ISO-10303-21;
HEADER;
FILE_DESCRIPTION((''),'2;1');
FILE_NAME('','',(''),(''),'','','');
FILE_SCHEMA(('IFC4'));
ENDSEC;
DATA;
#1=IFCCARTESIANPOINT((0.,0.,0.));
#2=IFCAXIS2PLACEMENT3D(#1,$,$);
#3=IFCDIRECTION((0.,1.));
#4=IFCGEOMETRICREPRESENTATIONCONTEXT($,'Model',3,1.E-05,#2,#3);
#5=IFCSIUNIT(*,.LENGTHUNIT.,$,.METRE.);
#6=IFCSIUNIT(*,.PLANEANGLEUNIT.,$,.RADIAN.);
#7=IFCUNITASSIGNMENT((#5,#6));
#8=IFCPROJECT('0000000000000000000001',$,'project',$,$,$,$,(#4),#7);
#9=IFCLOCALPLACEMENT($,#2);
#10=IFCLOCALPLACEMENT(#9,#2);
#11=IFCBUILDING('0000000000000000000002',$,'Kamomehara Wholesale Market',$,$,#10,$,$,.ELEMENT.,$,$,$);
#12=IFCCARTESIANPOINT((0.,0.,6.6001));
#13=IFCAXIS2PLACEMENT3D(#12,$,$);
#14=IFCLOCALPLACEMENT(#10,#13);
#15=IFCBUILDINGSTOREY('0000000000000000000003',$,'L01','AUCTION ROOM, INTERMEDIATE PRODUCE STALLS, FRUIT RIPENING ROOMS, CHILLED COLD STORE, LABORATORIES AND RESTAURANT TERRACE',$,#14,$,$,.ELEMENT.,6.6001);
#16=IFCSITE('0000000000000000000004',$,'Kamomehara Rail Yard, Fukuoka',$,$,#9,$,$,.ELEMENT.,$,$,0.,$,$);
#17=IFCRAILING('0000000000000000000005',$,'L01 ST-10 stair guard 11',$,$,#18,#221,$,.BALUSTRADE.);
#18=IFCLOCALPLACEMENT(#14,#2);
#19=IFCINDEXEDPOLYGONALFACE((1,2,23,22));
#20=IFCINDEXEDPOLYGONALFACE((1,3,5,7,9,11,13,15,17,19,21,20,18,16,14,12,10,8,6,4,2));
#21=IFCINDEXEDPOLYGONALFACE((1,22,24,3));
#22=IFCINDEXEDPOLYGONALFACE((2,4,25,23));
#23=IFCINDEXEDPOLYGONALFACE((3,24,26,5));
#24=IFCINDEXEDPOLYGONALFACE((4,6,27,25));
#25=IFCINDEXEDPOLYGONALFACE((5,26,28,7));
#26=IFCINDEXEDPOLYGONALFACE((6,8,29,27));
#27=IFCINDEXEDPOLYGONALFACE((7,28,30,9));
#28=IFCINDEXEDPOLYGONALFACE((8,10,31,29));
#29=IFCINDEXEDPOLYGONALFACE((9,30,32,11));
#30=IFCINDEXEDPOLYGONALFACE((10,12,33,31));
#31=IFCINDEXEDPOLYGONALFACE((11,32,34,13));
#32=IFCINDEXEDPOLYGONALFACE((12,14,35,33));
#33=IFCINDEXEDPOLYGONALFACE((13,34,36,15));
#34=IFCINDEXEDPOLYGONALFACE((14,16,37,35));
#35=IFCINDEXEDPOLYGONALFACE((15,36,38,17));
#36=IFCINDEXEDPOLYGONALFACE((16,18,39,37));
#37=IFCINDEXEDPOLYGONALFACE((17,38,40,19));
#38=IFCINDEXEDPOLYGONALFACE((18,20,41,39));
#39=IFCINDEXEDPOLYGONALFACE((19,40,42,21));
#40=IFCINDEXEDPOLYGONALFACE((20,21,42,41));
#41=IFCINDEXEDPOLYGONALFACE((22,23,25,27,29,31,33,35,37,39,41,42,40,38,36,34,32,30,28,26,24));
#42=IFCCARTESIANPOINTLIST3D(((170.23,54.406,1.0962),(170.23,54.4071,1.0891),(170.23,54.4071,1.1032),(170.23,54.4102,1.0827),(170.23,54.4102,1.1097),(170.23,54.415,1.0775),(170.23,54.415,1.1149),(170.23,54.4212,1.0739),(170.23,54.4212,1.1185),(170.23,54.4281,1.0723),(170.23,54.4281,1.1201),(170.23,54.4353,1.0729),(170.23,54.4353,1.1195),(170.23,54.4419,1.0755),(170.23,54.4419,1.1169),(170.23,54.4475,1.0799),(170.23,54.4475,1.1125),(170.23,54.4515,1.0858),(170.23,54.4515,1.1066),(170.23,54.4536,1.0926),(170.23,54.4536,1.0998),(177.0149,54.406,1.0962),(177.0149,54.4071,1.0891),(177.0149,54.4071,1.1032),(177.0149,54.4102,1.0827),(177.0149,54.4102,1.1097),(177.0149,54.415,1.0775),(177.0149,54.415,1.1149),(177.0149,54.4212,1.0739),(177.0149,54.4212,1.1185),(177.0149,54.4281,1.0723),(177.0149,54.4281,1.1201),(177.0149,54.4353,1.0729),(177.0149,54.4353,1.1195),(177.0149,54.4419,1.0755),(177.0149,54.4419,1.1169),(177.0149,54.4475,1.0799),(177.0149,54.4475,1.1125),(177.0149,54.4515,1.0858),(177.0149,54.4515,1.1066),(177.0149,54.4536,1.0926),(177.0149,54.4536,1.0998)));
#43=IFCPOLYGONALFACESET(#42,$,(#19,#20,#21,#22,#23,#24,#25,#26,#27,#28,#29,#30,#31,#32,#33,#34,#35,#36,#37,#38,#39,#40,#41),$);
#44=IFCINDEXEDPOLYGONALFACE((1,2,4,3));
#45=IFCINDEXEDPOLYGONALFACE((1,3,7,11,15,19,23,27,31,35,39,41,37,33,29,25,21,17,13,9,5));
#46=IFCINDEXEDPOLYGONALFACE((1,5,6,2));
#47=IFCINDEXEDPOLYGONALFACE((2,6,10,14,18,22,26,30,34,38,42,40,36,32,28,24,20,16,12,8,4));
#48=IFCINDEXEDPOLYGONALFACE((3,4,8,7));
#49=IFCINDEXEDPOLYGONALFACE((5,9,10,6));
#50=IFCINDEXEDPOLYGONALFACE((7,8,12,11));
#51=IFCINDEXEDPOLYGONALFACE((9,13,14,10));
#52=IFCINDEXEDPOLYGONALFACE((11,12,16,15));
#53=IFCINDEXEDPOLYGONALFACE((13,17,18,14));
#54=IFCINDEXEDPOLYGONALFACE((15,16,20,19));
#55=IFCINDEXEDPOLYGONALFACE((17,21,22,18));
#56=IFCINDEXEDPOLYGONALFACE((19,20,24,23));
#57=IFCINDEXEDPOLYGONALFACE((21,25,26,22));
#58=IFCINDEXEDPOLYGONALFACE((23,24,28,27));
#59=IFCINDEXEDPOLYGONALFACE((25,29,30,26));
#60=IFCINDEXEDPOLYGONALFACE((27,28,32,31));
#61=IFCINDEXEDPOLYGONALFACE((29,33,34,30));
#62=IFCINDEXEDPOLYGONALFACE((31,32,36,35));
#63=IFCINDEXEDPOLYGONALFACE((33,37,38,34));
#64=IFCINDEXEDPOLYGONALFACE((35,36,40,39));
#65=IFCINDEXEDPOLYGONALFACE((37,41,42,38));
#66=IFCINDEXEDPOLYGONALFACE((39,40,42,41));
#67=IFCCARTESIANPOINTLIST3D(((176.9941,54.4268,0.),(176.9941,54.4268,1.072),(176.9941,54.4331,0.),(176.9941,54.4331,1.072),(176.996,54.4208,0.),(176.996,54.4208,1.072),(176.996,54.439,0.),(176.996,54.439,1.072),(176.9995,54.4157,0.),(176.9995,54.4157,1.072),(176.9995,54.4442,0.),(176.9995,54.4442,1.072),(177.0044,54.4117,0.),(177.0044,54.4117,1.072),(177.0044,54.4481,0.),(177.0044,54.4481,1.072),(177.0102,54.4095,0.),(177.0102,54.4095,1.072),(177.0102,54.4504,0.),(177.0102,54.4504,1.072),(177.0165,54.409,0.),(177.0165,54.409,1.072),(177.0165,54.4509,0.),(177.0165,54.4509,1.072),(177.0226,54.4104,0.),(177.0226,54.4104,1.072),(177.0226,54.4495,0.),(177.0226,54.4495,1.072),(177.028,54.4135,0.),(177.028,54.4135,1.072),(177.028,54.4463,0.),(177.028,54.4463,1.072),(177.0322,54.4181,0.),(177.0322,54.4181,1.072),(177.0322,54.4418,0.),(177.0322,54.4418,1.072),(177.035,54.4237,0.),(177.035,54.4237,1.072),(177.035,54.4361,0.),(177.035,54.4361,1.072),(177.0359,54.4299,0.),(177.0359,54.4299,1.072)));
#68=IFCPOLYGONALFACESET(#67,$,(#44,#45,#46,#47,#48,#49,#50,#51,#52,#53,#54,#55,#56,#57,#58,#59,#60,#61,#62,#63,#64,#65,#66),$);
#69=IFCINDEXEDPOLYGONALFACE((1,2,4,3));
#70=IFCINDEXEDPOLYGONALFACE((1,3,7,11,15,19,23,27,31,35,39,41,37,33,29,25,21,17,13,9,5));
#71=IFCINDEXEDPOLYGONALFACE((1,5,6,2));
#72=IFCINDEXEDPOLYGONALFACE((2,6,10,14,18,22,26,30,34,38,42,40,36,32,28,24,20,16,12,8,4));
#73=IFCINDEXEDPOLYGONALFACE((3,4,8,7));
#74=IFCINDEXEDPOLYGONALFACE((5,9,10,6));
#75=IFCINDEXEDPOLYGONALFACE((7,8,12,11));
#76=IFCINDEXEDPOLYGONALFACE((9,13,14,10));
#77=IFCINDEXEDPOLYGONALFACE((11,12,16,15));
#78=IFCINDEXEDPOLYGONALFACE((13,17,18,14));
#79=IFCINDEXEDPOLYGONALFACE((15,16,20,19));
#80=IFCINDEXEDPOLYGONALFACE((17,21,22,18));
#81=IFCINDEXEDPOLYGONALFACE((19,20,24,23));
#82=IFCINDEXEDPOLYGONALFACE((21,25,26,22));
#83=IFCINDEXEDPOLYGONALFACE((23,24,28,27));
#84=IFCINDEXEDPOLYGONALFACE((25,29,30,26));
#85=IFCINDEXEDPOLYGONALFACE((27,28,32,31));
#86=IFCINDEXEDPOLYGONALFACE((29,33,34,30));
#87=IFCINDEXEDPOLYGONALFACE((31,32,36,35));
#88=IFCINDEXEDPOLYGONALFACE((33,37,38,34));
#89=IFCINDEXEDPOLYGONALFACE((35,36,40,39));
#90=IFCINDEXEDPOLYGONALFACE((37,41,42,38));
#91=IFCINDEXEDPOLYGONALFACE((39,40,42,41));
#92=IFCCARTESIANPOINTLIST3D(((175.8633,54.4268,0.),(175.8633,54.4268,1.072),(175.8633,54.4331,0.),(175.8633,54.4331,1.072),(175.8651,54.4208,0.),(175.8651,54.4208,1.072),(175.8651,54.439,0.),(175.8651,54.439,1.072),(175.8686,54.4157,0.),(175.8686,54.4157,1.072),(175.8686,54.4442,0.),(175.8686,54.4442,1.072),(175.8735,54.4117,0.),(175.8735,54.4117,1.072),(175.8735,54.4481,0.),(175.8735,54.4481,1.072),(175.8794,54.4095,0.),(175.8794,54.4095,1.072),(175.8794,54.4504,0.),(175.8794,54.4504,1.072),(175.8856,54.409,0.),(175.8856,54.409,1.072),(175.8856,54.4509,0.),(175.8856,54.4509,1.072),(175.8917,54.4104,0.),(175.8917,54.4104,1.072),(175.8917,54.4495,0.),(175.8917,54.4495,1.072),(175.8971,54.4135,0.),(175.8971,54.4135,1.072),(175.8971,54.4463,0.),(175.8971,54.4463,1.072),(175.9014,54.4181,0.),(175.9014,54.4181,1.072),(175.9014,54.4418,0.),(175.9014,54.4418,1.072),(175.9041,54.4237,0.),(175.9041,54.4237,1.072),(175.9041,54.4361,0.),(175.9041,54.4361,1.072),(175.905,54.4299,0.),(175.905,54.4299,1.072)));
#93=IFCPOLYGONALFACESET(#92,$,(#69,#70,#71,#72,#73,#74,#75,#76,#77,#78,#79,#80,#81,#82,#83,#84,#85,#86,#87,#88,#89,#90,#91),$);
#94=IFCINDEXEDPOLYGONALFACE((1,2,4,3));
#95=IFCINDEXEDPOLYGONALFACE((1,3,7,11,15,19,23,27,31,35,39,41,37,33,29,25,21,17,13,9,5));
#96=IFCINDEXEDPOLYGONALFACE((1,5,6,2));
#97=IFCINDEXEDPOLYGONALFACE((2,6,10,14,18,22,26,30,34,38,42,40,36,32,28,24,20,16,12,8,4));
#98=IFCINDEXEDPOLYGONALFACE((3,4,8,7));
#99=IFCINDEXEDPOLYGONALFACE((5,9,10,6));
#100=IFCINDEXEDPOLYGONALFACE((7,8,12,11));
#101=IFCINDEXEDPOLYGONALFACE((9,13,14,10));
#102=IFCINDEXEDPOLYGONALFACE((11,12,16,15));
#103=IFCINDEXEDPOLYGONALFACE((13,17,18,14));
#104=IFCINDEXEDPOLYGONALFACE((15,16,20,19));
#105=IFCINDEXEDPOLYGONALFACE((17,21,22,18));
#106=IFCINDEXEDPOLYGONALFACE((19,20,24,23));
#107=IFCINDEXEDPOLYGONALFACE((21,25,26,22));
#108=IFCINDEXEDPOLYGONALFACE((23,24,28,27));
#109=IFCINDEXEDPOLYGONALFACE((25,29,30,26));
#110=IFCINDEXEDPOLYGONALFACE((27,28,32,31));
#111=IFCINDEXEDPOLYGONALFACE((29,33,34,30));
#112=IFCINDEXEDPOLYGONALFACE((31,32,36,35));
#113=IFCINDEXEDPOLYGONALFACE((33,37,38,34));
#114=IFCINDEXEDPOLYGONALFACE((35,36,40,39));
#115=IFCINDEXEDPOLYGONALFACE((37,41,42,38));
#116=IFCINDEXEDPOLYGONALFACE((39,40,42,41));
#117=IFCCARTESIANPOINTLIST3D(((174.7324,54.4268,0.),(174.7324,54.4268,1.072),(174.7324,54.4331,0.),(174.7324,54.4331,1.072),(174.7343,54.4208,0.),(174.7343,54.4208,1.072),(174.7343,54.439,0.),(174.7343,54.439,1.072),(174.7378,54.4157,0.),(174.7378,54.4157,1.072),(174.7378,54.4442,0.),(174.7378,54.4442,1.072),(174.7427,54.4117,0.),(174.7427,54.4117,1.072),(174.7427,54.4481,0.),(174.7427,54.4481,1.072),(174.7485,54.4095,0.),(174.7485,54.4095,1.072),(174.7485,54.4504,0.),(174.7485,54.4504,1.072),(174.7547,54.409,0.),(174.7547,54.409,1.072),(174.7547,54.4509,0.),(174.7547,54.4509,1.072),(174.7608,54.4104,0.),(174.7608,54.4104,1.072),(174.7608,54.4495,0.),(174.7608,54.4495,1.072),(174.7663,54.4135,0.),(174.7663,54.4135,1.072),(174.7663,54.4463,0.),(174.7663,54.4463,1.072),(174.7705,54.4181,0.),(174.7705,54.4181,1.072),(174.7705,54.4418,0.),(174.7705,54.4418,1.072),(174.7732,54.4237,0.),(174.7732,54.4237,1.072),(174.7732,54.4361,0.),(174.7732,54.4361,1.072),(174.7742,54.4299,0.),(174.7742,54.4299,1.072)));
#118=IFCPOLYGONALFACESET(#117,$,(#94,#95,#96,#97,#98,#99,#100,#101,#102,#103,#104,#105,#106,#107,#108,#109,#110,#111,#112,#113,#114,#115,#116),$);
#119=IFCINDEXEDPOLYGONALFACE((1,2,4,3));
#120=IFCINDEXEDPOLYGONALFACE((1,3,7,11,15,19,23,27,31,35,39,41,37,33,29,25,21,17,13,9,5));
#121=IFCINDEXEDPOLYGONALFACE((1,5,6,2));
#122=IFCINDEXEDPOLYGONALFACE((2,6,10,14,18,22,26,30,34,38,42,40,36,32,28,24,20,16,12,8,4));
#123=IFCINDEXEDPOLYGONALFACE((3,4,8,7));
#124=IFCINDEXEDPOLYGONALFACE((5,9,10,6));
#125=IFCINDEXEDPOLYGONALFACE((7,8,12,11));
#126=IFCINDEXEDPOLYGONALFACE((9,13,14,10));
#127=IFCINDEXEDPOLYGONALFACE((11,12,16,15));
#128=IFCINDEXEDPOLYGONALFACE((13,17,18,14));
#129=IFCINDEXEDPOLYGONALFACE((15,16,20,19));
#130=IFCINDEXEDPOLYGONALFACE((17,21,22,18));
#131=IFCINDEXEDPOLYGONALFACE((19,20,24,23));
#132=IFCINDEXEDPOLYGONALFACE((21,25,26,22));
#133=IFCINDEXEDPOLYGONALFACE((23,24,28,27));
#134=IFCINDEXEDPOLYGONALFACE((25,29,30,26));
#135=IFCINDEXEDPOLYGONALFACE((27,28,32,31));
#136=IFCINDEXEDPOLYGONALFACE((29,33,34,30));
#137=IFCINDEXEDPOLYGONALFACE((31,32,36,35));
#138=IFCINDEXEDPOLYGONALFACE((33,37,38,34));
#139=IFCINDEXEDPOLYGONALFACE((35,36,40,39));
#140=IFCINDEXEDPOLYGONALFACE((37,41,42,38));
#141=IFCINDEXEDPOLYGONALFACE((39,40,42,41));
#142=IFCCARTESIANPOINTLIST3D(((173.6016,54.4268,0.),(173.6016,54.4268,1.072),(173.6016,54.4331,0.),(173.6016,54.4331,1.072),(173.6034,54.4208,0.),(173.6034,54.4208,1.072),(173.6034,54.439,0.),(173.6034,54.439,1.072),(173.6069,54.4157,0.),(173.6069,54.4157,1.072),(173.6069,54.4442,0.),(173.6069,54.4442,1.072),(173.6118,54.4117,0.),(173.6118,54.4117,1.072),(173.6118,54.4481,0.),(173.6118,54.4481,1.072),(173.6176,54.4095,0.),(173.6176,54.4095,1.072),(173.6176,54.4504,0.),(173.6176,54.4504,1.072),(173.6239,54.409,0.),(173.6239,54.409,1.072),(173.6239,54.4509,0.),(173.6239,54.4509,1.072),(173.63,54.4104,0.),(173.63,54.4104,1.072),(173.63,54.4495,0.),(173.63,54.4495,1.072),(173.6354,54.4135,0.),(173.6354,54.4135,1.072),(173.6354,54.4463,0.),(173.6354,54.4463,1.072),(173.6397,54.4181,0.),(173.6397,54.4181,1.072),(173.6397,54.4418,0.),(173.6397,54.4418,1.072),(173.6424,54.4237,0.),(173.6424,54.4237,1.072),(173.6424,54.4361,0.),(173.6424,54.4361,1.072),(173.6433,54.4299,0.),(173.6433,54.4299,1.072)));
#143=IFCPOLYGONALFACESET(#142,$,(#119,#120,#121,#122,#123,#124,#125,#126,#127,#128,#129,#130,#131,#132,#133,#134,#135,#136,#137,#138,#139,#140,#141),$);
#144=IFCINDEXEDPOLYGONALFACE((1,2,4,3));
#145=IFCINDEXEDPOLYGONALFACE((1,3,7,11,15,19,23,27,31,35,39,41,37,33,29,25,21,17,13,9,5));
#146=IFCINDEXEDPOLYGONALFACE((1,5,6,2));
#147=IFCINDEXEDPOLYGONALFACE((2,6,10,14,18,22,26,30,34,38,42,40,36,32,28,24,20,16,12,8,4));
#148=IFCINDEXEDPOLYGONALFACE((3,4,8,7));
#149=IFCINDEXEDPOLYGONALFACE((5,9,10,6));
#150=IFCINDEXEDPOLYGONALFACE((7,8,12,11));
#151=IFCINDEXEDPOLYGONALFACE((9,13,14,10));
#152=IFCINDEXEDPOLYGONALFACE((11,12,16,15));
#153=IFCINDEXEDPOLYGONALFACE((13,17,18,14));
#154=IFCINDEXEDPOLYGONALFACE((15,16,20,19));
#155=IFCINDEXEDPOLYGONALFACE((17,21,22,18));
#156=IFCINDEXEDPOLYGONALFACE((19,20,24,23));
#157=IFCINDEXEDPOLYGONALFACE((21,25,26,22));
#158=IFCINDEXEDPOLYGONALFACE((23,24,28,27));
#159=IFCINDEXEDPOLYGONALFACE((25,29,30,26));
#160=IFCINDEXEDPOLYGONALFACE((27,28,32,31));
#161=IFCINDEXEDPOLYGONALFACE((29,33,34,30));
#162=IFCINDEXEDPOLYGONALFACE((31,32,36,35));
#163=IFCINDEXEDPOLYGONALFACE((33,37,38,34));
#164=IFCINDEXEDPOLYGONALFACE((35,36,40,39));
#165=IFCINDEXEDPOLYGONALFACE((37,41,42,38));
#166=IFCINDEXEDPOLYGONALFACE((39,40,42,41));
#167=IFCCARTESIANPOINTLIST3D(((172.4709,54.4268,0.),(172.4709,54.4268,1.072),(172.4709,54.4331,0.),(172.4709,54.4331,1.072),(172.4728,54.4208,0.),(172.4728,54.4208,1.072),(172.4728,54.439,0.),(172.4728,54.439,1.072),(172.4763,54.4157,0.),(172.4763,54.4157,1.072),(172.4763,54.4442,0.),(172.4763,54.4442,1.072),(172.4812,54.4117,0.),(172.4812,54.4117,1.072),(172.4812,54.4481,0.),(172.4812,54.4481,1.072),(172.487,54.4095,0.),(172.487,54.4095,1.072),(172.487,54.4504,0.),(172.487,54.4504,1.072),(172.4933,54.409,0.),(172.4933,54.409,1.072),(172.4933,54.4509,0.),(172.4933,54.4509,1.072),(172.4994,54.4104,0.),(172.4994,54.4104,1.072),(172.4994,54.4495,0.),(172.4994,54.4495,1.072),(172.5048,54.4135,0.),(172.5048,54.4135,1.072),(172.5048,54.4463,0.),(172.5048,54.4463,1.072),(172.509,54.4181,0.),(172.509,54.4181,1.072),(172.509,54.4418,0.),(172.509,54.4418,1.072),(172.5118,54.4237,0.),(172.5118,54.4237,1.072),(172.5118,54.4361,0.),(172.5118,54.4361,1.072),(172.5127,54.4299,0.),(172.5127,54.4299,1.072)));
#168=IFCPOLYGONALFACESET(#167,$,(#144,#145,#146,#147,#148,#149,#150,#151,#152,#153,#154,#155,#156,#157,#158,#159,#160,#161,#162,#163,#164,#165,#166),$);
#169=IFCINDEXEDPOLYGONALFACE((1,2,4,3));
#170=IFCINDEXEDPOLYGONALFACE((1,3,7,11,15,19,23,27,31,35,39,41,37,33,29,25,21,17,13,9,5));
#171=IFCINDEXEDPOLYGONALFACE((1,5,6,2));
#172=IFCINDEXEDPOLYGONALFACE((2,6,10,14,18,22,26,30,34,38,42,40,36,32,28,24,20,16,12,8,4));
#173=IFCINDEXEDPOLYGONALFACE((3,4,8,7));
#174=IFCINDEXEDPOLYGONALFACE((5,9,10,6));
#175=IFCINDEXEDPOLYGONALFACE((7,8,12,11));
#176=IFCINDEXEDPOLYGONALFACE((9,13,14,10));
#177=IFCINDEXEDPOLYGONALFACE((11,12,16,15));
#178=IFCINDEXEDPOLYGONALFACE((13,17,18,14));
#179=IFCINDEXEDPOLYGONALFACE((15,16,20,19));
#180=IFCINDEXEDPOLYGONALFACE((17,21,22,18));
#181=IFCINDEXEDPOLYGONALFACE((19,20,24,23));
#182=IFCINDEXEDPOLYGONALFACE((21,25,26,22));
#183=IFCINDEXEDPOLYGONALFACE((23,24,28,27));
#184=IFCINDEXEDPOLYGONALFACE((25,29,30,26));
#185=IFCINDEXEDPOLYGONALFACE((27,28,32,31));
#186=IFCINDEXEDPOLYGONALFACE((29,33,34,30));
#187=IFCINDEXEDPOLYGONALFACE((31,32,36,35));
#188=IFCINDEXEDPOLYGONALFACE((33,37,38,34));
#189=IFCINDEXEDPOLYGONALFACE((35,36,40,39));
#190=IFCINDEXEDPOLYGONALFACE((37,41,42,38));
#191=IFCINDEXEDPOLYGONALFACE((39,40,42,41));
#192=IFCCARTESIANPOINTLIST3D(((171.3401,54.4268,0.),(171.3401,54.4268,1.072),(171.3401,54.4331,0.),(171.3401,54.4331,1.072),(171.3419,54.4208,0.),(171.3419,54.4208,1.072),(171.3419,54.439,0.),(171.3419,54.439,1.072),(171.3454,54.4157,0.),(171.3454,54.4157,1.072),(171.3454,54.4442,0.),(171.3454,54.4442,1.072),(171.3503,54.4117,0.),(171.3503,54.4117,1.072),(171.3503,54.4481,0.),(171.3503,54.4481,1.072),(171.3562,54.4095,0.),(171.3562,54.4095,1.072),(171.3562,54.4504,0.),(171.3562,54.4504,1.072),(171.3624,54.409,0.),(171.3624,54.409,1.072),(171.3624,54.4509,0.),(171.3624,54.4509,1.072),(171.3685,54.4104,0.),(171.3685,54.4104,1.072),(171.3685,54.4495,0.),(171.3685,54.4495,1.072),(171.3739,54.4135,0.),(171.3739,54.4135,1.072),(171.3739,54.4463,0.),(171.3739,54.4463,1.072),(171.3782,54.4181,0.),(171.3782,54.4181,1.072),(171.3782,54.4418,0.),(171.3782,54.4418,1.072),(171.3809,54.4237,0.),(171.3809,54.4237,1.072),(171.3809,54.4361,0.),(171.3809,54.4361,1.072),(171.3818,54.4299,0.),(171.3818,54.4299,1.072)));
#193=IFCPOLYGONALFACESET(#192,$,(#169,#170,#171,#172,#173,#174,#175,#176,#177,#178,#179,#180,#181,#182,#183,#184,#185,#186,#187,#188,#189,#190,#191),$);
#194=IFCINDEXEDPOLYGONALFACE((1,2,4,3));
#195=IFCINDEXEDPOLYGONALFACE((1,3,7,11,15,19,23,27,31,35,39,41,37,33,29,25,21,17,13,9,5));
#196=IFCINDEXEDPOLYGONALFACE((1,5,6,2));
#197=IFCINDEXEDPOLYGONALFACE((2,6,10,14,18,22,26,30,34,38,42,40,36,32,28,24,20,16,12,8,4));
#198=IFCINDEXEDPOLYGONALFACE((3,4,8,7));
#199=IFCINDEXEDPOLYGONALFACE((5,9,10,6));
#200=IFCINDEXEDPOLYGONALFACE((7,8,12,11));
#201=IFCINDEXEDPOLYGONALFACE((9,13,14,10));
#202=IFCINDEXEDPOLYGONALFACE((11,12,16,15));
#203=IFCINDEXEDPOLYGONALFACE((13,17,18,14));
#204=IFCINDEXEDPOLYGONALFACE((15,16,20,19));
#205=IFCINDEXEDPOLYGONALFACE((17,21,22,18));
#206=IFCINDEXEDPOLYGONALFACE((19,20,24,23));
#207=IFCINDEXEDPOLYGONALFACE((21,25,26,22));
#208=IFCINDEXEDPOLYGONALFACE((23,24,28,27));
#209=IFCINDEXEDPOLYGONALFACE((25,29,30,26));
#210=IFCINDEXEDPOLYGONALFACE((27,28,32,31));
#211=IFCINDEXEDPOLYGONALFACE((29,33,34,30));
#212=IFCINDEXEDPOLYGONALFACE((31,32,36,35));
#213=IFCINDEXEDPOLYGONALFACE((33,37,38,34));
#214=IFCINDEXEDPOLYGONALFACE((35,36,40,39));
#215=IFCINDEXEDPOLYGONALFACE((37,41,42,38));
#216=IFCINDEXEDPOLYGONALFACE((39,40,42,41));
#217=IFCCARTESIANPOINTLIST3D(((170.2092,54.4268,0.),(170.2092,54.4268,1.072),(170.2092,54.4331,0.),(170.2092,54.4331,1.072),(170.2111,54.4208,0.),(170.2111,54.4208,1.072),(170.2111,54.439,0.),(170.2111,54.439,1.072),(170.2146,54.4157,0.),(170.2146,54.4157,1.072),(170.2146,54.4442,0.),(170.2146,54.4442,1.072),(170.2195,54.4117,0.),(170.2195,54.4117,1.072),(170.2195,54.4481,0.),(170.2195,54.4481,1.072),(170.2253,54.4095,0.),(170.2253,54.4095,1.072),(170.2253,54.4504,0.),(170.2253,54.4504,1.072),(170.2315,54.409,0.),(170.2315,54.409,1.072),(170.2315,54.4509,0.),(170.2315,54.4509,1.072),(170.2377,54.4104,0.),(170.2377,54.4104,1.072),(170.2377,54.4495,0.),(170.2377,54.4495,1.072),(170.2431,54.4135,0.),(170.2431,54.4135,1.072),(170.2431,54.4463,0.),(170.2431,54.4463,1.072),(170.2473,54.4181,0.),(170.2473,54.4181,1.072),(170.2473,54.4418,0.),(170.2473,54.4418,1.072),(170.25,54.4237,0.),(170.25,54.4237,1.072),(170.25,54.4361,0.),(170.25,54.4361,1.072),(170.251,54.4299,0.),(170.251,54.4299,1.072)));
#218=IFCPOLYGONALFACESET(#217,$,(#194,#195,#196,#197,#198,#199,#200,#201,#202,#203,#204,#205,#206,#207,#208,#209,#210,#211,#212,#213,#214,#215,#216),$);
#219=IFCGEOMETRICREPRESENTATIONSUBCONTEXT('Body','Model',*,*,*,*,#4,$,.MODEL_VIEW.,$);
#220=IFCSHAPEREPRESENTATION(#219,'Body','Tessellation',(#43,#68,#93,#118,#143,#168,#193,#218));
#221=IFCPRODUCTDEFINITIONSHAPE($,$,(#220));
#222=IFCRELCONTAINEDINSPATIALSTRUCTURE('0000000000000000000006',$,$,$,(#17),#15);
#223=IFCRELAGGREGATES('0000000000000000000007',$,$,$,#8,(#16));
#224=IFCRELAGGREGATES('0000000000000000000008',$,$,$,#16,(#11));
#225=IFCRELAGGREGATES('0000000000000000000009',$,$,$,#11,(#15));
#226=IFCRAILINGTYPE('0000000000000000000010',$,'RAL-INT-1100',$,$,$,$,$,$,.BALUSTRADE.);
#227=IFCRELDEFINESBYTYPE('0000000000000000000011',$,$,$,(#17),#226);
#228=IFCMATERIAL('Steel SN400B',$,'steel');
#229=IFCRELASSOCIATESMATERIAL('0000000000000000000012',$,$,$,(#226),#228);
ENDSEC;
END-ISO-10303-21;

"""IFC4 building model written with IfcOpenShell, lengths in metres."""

from ifc_helpers import new_model, si_unit, direction, frame, origin, origin_2d, place, context, subcontext, project, spatial, circle, extrude, material, type_object, element, save


model = new_model("IFC4")

# Units and contexts
model_context = context("Model", 3, precision=1e-05, world=origin(), true_north=direction((0.0, 1.0)))
body_context = subcontext(model_context, "Body", "Model", "MODEL_VIEW")
ifc_project = project(units=[si_unit("LENGTHUNIT", "METRE"), si_unit("PLANEANGLEUNIT", "RADIAN")], contexts=[model_context])

# Site, building, storey
site_placement = place(None, origin())
site = spatial("IfcSite", under=ifc_project, at=site_placement, Name="Kamomehara Rail Yard, Fukuoka", CompositionType="ELEMENT", RefElevation=0.0)
building_placement = place(site_placement, origin())
building = spatial("IfcBuilding", under=site, at=building_placement, Name="Kamomehara Wholesale Market", CompositionType="ELEMENT")
storey_placement = place(building_placement, frame((0.0, 0.0, 6.6001)))
storey = spatial("IfcBuildingStorey", under=building, at=storey_placement, Name="L01", Description="AUCTION ROOM, INTERMEDIATE PRODUCE STALLS, FRUIT RIPENING ROOMS, CHILLED COLD STORE, LABORATORIES AND RESTAURANT TERRACE", CompositionType="ELEMENT", Elevation=6.6001)

# Railing
ifc_material_1 = material(Name="Steel SN400B", Category="steel")
railing_type = type_object("IfcRailingType", Name="RAL-INT-1100", PredefinedType="BALUSTRADE", material=ifc_material_1)
railing_placement = place(storey_placement, frame((177.0149, 54.4299, 0.0)))
element("IfcRailing", 1, at=railing_placement, inside=storey, type_object=railing_type, Name="L01 ST-10 stair guard 11", PredefinedType="BALUSTRADE", context=body_context, shape_type="SweptSolid", body=[
    extrude(circle(Radius=0.0239, at=origin_2d()), frame((0.0, 0.0, 1.0962), z_axis=(-1.0, 0.0, 0.0), x_axis=(0.0, -1.0, 0.0)), (0.0, 0.0, 1.0), 6.7849),
    extrude(circle(Radius=0.021, at=origin_2d()), origin(), (0.0, 0.0, 1.0), 1.072),
    extrude(circle(Radius=0.021, at=origin_2d()), frame((-1.1309, 0.0, 0.0)), (0.0, 0.0, 1.0), 1.072),
    extrude(circle(Radius=0.021, at=origin_2d()), frame((-2.2617, 0.0, 0.0)), (0.0, 0.0, 1.0), 1.072),
    extrude(circle(Radius=0.021, at=origin_2d()), frame((-3.3926, 0.0, 0.0)), (0.0, 0.0, 1.0), 1.072),
    extrude(circle(Radius=0.021, at=origin_2d()), frame((-4.5232, 0.0, 0.0)), (0.0, 0.0, 1.0), 1.072),
    extrude(circle(Radius=0.021, at=origin_2d()), frame((-5.6541, 0.0, 0.0)), (0.0, 0.0, 1.0), 1.072),
    extrude(circle(Radius=0.021, at=origin_2d()), frame((-6.7849, 0.0, 0.0)), (0.0, 0.0, 1.0), 1.072),
])

save(model, "model.ifc")
